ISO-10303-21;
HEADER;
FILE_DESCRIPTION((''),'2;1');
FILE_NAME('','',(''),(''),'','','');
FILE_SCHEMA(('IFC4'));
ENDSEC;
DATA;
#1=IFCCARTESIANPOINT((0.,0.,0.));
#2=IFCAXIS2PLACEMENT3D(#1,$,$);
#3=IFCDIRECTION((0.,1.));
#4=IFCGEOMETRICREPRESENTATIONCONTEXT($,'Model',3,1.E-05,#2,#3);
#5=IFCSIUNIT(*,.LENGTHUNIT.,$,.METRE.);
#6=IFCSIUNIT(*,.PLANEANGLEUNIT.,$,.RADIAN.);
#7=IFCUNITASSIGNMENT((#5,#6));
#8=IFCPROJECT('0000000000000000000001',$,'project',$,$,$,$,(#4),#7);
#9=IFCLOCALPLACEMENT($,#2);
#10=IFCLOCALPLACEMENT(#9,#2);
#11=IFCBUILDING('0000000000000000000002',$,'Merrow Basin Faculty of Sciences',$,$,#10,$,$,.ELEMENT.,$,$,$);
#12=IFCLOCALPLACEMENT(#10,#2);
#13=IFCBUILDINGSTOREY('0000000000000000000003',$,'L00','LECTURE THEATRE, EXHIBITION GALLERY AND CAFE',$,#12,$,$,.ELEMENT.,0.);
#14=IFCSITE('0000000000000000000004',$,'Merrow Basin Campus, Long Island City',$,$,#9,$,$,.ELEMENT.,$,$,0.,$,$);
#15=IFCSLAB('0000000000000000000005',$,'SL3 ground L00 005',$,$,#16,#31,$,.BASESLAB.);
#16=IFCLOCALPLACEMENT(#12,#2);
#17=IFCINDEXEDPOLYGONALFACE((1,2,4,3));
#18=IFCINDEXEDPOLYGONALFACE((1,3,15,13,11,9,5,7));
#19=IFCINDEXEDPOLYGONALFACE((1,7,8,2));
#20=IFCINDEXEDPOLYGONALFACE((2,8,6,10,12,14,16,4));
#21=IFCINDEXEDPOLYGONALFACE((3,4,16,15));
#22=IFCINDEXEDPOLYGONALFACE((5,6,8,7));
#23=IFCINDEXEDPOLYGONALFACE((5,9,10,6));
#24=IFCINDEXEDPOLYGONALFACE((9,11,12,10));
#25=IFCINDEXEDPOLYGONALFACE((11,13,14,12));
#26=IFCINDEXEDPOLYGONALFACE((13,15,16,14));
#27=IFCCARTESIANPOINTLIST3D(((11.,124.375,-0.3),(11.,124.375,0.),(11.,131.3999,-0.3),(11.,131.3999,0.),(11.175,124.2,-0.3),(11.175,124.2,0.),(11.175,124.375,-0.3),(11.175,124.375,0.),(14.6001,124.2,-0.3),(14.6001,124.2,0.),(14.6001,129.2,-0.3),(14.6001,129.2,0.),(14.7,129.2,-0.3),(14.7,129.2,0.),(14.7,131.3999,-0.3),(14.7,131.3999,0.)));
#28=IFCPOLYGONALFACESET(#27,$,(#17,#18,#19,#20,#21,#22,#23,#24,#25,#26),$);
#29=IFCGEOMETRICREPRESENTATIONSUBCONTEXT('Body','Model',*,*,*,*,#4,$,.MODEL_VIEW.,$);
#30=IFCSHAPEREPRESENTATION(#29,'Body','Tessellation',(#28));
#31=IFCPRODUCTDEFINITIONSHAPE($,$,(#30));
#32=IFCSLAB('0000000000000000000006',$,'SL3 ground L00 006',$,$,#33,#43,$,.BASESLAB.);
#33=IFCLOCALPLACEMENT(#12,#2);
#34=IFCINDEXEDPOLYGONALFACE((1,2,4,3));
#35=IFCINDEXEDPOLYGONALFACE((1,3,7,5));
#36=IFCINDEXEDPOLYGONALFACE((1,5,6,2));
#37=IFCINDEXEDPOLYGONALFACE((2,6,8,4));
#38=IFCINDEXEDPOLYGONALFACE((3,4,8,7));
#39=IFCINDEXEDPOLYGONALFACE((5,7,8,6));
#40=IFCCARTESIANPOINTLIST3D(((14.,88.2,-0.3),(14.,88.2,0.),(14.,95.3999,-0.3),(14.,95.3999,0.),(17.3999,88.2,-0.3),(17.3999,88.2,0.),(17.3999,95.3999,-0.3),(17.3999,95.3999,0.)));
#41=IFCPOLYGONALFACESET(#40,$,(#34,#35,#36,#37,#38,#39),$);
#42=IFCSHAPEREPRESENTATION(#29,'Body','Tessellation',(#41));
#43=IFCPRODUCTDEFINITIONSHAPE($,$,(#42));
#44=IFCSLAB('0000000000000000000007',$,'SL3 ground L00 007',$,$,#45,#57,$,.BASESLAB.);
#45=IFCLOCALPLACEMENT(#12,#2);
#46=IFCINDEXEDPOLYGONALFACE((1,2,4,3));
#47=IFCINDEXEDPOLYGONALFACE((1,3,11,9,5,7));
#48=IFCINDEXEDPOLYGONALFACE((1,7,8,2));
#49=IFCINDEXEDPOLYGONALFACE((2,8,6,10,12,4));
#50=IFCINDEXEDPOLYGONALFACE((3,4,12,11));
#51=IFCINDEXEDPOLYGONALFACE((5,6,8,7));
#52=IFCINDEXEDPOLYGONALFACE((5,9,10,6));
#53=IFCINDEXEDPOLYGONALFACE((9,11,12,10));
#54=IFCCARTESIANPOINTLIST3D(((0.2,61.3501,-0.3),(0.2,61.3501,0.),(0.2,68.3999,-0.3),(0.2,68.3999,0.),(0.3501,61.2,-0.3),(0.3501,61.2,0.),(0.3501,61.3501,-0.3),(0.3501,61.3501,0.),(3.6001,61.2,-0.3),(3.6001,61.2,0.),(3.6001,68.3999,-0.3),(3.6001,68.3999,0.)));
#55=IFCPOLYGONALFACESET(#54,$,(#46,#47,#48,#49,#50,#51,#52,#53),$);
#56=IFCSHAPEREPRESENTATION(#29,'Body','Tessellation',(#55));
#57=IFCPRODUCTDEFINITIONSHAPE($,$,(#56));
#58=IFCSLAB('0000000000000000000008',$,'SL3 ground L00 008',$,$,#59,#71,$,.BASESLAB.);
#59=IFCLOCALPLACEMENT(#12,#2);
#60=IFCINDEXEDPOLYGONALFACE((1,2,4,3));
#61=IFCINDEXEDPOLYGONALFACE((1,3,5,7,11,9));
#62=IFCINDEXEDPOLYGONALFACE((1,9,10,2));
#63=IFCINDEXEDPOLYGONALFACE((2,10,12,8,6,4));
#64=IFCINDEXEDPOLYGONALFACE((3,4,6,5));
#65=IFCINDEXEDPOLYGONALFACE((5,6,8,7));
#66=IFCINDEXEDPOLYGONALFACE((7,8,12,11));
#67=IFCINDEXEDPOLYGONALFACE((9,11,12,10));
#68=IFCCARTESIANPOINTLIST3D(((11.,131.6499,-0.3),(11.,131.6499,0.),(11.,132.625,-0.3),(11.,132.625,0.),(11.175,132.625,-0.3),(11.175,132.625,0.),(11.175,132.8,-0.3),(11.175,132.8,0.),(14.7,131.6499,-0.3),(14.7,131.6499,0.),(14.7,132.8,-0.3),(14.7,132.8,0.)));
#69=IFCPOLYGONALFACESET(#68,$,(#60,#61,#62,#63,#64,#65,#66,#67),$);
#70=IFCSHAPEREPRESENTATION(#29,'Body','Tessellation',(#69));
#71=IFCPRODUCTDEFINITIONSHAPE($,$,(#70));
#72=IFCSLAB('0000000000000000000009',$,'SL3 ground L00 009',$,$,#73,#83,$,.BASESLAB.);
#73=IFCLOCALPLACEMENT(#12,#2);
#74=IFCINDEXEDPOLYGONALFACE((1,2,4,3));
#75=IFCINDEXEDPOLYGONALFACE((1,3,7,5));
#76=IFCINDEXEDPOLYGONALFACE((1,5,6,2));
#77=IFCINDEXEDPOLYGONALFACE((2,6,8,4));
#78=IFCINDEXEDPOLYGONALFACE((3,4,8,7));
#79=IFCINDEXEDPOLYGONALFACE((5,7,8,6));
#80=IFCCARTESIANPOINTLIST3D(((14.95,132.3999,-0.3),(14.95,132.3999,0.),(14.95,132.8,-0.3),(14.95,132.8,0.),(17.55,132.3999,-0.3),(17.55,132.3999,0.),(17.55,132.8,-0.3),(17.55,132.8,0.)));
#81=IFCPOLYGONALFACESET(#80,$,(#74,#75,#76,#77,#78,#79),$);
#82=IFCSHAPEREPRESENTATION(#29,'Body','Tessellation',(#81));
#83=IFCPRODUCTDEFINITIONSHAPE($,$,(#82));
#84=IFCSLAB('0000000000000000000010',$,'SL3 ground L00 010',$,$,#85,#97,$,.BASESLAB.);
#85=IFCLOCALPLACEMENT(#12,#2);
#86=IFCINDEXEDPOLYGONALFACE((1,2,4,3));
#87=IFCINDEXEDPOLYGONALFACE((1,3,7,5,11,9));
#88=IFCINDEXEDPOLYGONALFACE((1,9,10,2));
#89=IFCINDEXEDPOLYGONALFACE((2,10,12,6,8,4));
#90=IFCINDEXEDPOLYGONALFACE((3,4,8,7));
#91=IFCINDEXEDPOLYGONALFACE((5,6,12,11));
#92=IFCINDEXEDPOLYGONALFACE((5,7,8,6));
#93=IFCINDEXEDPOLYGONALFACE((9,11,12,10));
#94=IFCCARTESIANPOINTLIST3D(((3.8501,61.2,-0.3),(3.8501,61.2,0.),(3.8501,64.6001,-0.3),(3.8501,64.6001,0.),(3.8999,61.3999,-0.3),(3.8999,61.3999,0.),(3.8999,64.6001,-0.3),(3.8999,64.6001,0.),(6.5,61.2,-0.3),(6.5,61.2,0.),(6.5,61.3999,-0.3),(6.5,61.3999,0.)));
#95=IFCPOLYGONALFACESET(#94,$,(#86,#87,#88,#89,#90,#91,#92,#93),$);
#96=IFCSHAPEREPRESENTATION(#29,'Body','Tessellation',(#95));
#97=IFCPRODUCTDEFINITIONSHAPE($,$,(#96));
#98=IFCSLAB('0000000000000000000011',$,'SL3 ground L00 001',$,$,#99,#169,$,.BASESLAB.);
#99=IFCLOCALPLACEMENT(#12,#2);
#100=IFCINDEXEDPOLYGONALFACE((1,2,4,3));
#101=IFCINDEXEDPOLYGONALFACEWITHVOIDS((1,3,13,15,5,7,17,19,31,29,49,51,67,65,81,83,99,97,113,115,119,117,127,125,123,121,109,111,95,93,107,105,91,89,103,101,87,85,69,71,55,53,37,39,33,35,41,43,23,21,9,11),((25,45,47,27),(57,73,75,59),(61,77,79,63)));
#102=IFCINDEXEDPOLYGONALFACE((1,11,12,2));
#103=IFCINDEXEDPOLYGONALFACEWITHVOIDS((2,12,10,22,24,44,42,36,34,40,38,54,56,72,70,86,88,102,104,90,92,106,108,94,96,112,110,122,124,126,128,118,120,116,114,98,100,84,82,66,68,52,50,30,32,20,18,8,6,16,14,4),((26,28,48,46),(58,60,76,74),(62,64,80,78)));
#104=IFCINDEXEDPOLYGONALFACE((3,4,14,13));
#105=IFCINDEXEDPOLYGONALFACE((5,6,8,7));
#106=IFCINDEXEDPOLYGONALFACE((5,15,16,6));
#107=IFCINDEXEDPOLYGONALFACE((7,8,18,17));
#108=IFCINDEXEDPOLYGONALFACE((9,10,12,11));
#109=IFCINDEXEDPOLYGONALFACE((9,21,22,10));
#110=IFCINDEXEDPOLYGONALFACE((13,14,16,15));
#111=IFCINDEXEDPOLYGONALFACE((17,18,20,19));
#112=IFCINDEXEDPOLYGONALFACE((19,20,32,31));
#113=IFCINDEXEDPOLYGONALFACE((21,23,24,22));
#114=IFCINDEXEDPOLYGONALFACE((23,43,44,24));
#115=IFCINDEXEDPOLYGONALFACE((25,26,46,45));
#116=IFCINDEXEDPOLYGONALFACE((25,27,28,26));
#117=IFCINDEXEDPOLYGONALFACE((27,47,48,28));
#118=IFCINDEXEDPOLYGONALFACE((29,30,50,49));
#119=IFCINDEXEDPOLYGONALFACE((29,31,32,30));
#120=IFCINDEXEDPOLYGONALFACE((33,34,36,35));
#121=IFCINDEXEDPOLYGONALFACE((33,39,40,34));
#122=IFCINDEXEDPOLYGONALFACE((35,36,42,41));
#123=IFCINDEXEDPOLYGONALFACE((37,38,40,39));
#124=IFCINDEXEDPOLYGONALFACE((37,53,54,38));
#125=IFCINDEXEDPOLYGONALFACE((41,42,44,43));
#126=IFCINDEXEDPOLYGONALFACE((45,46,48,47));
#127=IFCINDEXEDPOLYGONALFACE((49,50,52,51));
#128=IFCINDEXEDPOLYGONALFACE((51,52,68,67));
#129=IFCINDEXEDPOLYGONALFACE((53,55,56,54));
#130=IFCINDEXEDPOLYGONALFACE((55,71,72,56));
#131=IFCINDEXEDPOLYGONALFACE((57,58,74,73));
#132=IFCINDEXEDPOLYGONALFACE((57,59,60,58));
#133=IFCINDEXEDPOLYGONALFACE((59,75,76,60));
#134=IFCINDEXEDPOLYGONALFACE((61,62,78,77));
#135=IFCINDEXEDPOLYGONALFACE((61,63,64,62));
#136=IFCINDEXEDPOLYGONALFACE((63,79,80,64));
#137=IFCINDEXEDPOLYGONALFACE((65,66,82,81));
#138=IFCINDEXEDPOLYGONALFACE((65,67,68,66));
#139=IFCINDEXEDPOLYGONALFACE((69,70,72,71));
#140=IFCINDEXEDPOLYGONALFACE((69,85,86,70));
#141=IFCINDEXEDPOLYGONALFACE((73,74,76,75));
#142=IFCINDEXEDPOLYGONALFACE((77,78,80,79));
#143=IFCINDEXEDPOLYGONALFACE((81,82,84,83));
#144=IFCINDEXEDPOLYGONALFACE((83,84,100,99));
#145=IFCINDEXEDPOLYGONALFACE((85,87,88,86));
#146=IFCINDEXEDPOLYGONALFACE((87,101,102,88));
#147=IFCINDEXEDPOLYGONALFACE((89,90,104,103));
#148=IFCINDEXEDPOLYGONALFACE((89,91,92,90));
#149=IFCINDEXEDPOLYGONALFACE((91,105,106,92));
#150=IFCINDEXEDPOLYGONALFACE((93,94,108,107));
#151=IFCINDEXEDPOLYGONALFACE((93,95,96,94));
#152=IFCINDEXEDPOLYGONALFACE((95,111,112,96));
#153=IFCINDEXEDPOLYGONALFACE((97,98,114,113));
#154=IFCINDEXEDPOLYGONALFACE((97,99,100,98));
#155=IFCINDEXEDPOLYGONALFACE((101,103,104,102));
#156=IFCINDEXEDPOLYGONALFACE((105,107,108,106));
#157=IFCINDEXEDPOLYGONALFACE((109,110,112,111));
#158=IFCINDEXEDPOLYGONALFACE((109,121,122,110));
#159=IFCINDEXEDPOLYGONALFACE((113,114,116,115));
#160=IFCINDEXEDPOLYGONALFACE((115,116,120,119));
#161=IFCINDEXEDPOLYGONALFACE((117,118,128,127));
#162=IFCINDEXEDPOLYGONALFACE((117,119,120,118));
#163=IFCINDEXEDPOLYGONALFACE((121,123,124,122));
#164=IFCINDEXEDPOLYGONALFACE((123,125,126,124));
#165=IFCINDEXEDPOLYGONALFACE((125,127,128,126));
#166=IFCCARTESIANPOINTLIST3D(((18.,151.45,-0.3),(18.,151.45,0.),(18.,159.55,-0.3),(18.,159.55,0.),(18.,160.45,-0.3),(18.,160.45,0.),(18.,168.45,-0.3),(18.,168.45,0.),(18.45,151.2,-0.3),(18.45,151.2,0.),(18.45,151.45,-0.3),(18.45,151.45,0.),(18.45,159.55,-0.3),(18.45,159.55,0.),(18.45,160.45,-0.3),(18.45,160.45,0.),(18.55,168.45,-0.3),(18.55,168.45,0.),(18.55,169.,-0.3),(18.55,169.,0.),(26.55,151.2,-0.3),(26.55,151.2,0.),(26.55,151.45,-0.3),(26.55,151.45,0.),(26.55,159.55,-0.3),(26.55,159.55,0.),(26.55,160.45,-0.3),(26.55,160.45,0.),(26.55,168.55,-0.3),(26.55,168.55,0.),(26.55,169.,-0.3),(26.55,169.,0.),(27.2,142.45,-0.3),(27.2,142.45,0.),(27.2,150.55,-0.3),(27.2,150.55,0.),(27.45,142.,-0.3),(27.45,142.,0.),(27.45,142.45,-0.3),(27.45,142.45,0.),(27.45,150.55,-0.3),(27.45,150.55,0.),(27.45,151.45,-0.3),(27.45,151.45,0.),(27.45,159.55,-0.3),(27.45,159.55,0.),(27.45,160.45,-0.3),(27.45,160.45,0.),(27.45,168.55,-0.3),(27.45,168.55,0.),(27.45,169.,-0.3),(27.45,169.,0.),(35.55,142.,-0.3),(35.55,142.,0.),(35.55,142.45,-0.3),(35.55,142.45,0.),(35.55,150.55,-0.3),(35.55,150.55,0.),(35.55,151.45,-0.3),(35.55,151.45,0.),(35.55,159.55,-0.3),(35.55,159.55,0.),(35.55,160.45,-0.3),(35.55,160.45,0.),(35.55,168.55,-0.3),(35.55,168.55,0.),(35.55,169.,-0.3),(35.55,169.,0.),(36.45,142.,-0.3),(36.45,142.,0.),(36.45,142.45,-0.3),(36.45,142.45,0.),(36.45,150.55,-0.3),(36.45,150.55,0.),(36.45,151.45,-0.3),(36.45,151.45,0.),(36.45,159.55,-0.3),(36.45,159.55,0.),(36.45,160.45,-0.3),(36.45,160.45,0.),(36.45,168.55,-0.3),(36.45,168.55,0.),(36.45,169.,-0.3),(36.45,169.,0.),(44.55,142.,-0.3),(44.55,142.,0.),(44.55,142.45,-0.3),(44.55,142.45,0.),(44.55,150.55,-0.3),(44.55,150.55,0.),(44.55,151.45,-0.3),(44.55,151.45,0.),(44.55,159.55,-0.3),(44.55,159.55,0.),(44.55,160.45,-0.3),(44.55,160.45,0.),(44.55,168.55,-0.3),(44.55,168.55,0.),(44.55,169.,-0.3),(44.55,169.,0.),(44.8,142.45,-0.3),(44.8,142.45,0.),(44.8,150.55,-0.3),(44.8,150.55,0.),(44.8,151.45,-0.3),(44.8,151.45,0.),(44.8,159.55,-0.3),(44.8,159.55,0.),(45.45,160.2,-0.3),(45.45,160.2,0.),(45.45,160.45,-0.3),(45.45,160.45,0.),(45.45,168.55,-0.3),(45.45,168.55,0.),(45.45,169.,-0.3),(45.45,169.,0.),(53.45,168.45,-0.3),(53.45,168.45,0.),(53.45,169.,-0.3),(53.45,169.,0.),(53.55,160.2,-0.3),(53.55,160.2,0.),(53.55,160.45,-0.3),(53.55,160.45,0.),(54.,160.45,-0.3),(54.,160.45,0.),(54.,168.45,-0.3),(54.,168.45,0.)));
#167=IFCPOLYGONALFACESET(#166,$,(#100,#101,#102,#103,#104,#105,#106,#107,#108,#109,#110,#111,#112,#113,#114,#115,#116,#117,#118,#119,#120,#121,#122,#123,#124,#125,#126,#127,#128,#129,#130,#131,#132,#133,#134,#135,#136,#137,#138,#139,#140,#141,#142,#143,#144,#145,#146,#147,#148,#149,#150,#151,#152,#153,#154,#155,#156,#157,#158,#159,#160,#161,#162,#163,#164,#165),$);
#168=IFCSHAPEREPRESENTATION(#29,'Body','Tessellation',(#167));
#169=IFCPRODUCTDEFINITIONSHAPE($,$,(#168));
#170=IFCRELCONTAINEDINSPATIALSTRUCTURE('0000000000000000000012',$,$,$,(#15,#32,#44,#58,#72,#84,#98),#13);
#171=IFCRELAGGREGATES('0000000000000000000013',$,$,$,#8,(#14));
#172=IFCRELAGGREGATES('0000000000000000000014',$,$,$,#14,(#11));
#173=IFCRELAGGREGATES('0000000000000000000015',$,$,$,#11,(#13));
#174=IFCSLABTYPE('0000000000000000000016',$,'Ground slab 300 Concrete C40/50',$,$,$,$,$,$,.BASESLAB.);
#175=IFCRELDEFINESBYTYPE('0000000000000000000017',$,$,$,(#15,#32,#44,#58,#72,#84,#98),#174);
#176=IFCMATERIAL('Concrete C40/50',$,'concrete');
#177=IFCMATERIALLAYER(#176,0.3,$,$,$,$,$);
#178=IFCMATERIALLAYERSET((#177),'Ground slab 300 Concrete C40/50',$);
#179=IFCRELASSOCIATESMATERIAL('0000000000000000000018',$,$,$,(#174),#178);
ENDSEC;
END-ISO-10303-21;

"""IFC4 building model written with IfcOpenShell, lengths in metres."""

from ifc_helpers import new_model, si_unit, direction, frame, origin, place, context, subcontext, project, spatial, polyline, outline, extrude, material, layer, layer_set, type_object, element, save


model = new_model("IFC4")

# Units and contexts
model_context = context("Model", 3, precision=1e-05, world=origin(), true_north=direction((0.0, 1.0)))
body_context = subcontext(model_context, "Body", "Model", "MODEL_VIEW")
ifc_project = project(units=[si_unit("LENGTHUNIT", "METRE"), si_unit("PLANEANGLEUNIT", "RADIAN")], contexts=[model_context])

# Site, building, storey
site_placement = place(None, origin())
site = spatial("IfcSite", under=ifc_project, at=site_placement, Name="Merrow Basin Campus, Long Island City", CompositionType="ELEMENT", RefElevation=0.0)
building_placement = place(site_placement, origin())
building = spatial("IfcBuilding", under=site, at=building_placement, Name="Merrow Basin Faculty of Sciences", CompositionType="ELEMENT")
storey_placement = place(building_placement, origin())
storey = spatial("IfcBuildingStorey", under=building, at=storey_placement, Name="L00", Description="LECTURE THEATRE, EXHIBITION GALLERY AND CAFE", CompositionType="ELEMENT", Elevation=0.0)

# Slabs
ifc_material = material(Name="Concrete C40/50", Category="concrete")
ifc_layer = layer(ifc_material, 0.3)
ifc_layer_set = layer_set([ifc_layer], Name="Ground slab 300 Concrete C40/50")
slab_type = type_object("IfcSlabType", Name="Ground slab 300 Concrete C40/50", PredefinedType="BASESLAB", material=ifc_layer_set)
slab_1_placement = place(storey_placement, frame((0.0, 0.0, -0.3)))
element("IfcSlab", 1, at=slab_1_placement, inside=storey, type_object=slab_type, Name="SL3 ground L00 005", PredefinedType="BASESLAB", context=body_context, shape_type="SweptSolid", body=[
    extrude(outline(polyline([(11.0, 131.3999), (14.7, 131.3999), (14.7, 129.2), (14.6001, 129.2), (14.6001, 124.2), (11.175, 124.2), (11.175, 124.375), (11.0, 124.375), (11.0, 131.3999)])), origin(), (0.0, 0.0, 1.0), 0.3),
])
slab_2_placement = place(storey_placement, frame((0.0, 0.0, -0.3)))
element("IfcSlab", 2, at=slab_2_placement, inside=storey, type_object=slab_type, Name="SL3 ground L00 006", PredefinedType="BASESLAB", context=body_context, shape_type="SweptSolid", body=[
    extrude(outline(polyline([(17.3999, 88.2), (14.0, 88.2), (14.0, 95.3999), (17.3999, 95.3999), (17.3999, 88.2)])), origin(), (0.0, 0.0, 1.0), 0.3),
])
slab_3_placement = place(storey_placement, frame((0.0, 0.0, -0.3)))
element("IfcSlab", 3, at=slab_3_placement, inside=storey, type_object=slab_type, Name="SL3 ground L00 007", PredefinedType="BASESLAB", context=body_context, shape_type="SweptSolid", body=[
    extrude(outline(polyline([(3.6001, 68.3999), (3.6001, 61.2), (0.3501, 61.2), (0.3501, 61.3501), (0.2, 61.3501), (0.2, 68.3999), (3.6001, 68.3999)])), origin(), (0.0, 0.0, 1.0), 0.3),
])
slab_4_placement = place(storey_placement, frame((0.0, 0.0, -0.3)))
element("IfcSlab", 4, at=slab_4_placement, inside=storey, type_object=slab_type, Name="SL3 ground L00 008", PredefinedType="BASESLAB", context=body_context, shape_type="SweptSolid", body=[
    extrude(outline(polyline([(11.0, 132.625), (11.175, 132.625), (11.175, 132.8), (14.7, 132.8), (14.7, 131.6499), (11.0, 131.6499), (11.0, 132.625)])), origin(), (0.0, 0.0, 1.0), 0.3),
])
slab_5_placement = place(storey_placement, frame((0.0, 0.0, -0.3)))
element("IfcSlab", 5, at=slab_5_placement, inside=storey, type_object=slab_type, Name="SL3 ground L00 009", PredefinedType="BASESLAB", context=body_context, shape_type="SweptSolid", body=[
    extrude(outline(polyline([(14.95, 132.8), (17.55, 132.8), (17.55, 132.3999), (14.95, 132.3999), (14.95, 132.8)])), origin(), (0.0, 0.0, 1.0), 0.3),
])
slab_6_placement = place(storey_placement, frame((0.0, 0.0, -0.3)))
element("IfcSlab", 6, at=slab_6_placement, inside=storey, type_object=slab_type, Name="SL3 ground L00 010", PredefinedType="BASESLAB", context=body_context, shape_type="SweptSolid", body=[
    extrude(outline(polyline([(6.5, 61.3999), (6.5, 61.2), (3.8501, 61.2), (3.8501, 64.6001), (3.8999, 64.6001), (3.8999, 61.3999), (6.5, 61.3999)])), origin(), (0.0, 0.0, 1.0), 0.3),
])
slab_7_placement = place(storey_placement, frame((0.0, 0.0, -0.3)))
element("IfcSlab", 7, at=slab_7_placement, inside=storey, type_object=slab_type, Name="SL3 ground L00 001", PredefinedType="BASESLAB", context=body_context, shape_type="SweptSolid", body=[
    extrude(outline(polyline([(18.45, 159.55), (18.45, 160.45), (18.0, 160.45), (18.0, 168.45), (18.55, 168.45), (18.55, 169.0), (26.55, 169.0), (26.55, 168.55), (27.45, 168.55), (27.45, 169.0), (35.55, 169.0), (35.55, 168.55), (36.45, 168.55), (36.45, 169.0), (44.55, 169.0), (44.55, 168.55), (45.45, 168.55), (45.45, 169.0), (53.45, 169.0), (53.45, 168.45), (54.0, 168.45), (54.0, 160.45), (53.55, 160.45), (53.55, 160.2), (45.45, 160.2), (45.45, 160.45), (44.55, 160.45), (44.55, 159.55), (44.8, 159.55), (44.8, 151.45), (44.55, 151.45), (44.55, 150.55), (44.8, 150.55), (44.8, 142.45), (44.55, 142.45), (44.55, 142.0), (36.45, 142.0), (36.45, 142.45), (35.55, 142.45), (35.55, 142.0), (27.45, 142.0), (27.45, 142.45), (27.2, 142.45), (27.2, 150.55), (27.45, 150.55), (27.45, 151.45), (26.55, 151.45), (26.55, 151.2), (18.45, 151.2), (18.45, 151.45), (18.0, 151.45), (18.0, 159.55), (18.45, 159.55)]), holes=[polyline([(35.55, 151.45), (35.55, 150.55), (36.45, 150.55), (36.45, 151.45), (35.55, 151.45)]), polyline([(36.45, 160.45), (35.55, 160.45), (35.55, 159.55), (36.45, 159.55), (36.45, 160.45)]), polyline([(26.55, 160.45), (26.55, 159.55), (27.45, 159.55), (27.45, 160.45), (26.55, 160.45)])]), origin(), (0.0, 0.0, 1.0), 0.3),
])

save(model, "model.ifc")
